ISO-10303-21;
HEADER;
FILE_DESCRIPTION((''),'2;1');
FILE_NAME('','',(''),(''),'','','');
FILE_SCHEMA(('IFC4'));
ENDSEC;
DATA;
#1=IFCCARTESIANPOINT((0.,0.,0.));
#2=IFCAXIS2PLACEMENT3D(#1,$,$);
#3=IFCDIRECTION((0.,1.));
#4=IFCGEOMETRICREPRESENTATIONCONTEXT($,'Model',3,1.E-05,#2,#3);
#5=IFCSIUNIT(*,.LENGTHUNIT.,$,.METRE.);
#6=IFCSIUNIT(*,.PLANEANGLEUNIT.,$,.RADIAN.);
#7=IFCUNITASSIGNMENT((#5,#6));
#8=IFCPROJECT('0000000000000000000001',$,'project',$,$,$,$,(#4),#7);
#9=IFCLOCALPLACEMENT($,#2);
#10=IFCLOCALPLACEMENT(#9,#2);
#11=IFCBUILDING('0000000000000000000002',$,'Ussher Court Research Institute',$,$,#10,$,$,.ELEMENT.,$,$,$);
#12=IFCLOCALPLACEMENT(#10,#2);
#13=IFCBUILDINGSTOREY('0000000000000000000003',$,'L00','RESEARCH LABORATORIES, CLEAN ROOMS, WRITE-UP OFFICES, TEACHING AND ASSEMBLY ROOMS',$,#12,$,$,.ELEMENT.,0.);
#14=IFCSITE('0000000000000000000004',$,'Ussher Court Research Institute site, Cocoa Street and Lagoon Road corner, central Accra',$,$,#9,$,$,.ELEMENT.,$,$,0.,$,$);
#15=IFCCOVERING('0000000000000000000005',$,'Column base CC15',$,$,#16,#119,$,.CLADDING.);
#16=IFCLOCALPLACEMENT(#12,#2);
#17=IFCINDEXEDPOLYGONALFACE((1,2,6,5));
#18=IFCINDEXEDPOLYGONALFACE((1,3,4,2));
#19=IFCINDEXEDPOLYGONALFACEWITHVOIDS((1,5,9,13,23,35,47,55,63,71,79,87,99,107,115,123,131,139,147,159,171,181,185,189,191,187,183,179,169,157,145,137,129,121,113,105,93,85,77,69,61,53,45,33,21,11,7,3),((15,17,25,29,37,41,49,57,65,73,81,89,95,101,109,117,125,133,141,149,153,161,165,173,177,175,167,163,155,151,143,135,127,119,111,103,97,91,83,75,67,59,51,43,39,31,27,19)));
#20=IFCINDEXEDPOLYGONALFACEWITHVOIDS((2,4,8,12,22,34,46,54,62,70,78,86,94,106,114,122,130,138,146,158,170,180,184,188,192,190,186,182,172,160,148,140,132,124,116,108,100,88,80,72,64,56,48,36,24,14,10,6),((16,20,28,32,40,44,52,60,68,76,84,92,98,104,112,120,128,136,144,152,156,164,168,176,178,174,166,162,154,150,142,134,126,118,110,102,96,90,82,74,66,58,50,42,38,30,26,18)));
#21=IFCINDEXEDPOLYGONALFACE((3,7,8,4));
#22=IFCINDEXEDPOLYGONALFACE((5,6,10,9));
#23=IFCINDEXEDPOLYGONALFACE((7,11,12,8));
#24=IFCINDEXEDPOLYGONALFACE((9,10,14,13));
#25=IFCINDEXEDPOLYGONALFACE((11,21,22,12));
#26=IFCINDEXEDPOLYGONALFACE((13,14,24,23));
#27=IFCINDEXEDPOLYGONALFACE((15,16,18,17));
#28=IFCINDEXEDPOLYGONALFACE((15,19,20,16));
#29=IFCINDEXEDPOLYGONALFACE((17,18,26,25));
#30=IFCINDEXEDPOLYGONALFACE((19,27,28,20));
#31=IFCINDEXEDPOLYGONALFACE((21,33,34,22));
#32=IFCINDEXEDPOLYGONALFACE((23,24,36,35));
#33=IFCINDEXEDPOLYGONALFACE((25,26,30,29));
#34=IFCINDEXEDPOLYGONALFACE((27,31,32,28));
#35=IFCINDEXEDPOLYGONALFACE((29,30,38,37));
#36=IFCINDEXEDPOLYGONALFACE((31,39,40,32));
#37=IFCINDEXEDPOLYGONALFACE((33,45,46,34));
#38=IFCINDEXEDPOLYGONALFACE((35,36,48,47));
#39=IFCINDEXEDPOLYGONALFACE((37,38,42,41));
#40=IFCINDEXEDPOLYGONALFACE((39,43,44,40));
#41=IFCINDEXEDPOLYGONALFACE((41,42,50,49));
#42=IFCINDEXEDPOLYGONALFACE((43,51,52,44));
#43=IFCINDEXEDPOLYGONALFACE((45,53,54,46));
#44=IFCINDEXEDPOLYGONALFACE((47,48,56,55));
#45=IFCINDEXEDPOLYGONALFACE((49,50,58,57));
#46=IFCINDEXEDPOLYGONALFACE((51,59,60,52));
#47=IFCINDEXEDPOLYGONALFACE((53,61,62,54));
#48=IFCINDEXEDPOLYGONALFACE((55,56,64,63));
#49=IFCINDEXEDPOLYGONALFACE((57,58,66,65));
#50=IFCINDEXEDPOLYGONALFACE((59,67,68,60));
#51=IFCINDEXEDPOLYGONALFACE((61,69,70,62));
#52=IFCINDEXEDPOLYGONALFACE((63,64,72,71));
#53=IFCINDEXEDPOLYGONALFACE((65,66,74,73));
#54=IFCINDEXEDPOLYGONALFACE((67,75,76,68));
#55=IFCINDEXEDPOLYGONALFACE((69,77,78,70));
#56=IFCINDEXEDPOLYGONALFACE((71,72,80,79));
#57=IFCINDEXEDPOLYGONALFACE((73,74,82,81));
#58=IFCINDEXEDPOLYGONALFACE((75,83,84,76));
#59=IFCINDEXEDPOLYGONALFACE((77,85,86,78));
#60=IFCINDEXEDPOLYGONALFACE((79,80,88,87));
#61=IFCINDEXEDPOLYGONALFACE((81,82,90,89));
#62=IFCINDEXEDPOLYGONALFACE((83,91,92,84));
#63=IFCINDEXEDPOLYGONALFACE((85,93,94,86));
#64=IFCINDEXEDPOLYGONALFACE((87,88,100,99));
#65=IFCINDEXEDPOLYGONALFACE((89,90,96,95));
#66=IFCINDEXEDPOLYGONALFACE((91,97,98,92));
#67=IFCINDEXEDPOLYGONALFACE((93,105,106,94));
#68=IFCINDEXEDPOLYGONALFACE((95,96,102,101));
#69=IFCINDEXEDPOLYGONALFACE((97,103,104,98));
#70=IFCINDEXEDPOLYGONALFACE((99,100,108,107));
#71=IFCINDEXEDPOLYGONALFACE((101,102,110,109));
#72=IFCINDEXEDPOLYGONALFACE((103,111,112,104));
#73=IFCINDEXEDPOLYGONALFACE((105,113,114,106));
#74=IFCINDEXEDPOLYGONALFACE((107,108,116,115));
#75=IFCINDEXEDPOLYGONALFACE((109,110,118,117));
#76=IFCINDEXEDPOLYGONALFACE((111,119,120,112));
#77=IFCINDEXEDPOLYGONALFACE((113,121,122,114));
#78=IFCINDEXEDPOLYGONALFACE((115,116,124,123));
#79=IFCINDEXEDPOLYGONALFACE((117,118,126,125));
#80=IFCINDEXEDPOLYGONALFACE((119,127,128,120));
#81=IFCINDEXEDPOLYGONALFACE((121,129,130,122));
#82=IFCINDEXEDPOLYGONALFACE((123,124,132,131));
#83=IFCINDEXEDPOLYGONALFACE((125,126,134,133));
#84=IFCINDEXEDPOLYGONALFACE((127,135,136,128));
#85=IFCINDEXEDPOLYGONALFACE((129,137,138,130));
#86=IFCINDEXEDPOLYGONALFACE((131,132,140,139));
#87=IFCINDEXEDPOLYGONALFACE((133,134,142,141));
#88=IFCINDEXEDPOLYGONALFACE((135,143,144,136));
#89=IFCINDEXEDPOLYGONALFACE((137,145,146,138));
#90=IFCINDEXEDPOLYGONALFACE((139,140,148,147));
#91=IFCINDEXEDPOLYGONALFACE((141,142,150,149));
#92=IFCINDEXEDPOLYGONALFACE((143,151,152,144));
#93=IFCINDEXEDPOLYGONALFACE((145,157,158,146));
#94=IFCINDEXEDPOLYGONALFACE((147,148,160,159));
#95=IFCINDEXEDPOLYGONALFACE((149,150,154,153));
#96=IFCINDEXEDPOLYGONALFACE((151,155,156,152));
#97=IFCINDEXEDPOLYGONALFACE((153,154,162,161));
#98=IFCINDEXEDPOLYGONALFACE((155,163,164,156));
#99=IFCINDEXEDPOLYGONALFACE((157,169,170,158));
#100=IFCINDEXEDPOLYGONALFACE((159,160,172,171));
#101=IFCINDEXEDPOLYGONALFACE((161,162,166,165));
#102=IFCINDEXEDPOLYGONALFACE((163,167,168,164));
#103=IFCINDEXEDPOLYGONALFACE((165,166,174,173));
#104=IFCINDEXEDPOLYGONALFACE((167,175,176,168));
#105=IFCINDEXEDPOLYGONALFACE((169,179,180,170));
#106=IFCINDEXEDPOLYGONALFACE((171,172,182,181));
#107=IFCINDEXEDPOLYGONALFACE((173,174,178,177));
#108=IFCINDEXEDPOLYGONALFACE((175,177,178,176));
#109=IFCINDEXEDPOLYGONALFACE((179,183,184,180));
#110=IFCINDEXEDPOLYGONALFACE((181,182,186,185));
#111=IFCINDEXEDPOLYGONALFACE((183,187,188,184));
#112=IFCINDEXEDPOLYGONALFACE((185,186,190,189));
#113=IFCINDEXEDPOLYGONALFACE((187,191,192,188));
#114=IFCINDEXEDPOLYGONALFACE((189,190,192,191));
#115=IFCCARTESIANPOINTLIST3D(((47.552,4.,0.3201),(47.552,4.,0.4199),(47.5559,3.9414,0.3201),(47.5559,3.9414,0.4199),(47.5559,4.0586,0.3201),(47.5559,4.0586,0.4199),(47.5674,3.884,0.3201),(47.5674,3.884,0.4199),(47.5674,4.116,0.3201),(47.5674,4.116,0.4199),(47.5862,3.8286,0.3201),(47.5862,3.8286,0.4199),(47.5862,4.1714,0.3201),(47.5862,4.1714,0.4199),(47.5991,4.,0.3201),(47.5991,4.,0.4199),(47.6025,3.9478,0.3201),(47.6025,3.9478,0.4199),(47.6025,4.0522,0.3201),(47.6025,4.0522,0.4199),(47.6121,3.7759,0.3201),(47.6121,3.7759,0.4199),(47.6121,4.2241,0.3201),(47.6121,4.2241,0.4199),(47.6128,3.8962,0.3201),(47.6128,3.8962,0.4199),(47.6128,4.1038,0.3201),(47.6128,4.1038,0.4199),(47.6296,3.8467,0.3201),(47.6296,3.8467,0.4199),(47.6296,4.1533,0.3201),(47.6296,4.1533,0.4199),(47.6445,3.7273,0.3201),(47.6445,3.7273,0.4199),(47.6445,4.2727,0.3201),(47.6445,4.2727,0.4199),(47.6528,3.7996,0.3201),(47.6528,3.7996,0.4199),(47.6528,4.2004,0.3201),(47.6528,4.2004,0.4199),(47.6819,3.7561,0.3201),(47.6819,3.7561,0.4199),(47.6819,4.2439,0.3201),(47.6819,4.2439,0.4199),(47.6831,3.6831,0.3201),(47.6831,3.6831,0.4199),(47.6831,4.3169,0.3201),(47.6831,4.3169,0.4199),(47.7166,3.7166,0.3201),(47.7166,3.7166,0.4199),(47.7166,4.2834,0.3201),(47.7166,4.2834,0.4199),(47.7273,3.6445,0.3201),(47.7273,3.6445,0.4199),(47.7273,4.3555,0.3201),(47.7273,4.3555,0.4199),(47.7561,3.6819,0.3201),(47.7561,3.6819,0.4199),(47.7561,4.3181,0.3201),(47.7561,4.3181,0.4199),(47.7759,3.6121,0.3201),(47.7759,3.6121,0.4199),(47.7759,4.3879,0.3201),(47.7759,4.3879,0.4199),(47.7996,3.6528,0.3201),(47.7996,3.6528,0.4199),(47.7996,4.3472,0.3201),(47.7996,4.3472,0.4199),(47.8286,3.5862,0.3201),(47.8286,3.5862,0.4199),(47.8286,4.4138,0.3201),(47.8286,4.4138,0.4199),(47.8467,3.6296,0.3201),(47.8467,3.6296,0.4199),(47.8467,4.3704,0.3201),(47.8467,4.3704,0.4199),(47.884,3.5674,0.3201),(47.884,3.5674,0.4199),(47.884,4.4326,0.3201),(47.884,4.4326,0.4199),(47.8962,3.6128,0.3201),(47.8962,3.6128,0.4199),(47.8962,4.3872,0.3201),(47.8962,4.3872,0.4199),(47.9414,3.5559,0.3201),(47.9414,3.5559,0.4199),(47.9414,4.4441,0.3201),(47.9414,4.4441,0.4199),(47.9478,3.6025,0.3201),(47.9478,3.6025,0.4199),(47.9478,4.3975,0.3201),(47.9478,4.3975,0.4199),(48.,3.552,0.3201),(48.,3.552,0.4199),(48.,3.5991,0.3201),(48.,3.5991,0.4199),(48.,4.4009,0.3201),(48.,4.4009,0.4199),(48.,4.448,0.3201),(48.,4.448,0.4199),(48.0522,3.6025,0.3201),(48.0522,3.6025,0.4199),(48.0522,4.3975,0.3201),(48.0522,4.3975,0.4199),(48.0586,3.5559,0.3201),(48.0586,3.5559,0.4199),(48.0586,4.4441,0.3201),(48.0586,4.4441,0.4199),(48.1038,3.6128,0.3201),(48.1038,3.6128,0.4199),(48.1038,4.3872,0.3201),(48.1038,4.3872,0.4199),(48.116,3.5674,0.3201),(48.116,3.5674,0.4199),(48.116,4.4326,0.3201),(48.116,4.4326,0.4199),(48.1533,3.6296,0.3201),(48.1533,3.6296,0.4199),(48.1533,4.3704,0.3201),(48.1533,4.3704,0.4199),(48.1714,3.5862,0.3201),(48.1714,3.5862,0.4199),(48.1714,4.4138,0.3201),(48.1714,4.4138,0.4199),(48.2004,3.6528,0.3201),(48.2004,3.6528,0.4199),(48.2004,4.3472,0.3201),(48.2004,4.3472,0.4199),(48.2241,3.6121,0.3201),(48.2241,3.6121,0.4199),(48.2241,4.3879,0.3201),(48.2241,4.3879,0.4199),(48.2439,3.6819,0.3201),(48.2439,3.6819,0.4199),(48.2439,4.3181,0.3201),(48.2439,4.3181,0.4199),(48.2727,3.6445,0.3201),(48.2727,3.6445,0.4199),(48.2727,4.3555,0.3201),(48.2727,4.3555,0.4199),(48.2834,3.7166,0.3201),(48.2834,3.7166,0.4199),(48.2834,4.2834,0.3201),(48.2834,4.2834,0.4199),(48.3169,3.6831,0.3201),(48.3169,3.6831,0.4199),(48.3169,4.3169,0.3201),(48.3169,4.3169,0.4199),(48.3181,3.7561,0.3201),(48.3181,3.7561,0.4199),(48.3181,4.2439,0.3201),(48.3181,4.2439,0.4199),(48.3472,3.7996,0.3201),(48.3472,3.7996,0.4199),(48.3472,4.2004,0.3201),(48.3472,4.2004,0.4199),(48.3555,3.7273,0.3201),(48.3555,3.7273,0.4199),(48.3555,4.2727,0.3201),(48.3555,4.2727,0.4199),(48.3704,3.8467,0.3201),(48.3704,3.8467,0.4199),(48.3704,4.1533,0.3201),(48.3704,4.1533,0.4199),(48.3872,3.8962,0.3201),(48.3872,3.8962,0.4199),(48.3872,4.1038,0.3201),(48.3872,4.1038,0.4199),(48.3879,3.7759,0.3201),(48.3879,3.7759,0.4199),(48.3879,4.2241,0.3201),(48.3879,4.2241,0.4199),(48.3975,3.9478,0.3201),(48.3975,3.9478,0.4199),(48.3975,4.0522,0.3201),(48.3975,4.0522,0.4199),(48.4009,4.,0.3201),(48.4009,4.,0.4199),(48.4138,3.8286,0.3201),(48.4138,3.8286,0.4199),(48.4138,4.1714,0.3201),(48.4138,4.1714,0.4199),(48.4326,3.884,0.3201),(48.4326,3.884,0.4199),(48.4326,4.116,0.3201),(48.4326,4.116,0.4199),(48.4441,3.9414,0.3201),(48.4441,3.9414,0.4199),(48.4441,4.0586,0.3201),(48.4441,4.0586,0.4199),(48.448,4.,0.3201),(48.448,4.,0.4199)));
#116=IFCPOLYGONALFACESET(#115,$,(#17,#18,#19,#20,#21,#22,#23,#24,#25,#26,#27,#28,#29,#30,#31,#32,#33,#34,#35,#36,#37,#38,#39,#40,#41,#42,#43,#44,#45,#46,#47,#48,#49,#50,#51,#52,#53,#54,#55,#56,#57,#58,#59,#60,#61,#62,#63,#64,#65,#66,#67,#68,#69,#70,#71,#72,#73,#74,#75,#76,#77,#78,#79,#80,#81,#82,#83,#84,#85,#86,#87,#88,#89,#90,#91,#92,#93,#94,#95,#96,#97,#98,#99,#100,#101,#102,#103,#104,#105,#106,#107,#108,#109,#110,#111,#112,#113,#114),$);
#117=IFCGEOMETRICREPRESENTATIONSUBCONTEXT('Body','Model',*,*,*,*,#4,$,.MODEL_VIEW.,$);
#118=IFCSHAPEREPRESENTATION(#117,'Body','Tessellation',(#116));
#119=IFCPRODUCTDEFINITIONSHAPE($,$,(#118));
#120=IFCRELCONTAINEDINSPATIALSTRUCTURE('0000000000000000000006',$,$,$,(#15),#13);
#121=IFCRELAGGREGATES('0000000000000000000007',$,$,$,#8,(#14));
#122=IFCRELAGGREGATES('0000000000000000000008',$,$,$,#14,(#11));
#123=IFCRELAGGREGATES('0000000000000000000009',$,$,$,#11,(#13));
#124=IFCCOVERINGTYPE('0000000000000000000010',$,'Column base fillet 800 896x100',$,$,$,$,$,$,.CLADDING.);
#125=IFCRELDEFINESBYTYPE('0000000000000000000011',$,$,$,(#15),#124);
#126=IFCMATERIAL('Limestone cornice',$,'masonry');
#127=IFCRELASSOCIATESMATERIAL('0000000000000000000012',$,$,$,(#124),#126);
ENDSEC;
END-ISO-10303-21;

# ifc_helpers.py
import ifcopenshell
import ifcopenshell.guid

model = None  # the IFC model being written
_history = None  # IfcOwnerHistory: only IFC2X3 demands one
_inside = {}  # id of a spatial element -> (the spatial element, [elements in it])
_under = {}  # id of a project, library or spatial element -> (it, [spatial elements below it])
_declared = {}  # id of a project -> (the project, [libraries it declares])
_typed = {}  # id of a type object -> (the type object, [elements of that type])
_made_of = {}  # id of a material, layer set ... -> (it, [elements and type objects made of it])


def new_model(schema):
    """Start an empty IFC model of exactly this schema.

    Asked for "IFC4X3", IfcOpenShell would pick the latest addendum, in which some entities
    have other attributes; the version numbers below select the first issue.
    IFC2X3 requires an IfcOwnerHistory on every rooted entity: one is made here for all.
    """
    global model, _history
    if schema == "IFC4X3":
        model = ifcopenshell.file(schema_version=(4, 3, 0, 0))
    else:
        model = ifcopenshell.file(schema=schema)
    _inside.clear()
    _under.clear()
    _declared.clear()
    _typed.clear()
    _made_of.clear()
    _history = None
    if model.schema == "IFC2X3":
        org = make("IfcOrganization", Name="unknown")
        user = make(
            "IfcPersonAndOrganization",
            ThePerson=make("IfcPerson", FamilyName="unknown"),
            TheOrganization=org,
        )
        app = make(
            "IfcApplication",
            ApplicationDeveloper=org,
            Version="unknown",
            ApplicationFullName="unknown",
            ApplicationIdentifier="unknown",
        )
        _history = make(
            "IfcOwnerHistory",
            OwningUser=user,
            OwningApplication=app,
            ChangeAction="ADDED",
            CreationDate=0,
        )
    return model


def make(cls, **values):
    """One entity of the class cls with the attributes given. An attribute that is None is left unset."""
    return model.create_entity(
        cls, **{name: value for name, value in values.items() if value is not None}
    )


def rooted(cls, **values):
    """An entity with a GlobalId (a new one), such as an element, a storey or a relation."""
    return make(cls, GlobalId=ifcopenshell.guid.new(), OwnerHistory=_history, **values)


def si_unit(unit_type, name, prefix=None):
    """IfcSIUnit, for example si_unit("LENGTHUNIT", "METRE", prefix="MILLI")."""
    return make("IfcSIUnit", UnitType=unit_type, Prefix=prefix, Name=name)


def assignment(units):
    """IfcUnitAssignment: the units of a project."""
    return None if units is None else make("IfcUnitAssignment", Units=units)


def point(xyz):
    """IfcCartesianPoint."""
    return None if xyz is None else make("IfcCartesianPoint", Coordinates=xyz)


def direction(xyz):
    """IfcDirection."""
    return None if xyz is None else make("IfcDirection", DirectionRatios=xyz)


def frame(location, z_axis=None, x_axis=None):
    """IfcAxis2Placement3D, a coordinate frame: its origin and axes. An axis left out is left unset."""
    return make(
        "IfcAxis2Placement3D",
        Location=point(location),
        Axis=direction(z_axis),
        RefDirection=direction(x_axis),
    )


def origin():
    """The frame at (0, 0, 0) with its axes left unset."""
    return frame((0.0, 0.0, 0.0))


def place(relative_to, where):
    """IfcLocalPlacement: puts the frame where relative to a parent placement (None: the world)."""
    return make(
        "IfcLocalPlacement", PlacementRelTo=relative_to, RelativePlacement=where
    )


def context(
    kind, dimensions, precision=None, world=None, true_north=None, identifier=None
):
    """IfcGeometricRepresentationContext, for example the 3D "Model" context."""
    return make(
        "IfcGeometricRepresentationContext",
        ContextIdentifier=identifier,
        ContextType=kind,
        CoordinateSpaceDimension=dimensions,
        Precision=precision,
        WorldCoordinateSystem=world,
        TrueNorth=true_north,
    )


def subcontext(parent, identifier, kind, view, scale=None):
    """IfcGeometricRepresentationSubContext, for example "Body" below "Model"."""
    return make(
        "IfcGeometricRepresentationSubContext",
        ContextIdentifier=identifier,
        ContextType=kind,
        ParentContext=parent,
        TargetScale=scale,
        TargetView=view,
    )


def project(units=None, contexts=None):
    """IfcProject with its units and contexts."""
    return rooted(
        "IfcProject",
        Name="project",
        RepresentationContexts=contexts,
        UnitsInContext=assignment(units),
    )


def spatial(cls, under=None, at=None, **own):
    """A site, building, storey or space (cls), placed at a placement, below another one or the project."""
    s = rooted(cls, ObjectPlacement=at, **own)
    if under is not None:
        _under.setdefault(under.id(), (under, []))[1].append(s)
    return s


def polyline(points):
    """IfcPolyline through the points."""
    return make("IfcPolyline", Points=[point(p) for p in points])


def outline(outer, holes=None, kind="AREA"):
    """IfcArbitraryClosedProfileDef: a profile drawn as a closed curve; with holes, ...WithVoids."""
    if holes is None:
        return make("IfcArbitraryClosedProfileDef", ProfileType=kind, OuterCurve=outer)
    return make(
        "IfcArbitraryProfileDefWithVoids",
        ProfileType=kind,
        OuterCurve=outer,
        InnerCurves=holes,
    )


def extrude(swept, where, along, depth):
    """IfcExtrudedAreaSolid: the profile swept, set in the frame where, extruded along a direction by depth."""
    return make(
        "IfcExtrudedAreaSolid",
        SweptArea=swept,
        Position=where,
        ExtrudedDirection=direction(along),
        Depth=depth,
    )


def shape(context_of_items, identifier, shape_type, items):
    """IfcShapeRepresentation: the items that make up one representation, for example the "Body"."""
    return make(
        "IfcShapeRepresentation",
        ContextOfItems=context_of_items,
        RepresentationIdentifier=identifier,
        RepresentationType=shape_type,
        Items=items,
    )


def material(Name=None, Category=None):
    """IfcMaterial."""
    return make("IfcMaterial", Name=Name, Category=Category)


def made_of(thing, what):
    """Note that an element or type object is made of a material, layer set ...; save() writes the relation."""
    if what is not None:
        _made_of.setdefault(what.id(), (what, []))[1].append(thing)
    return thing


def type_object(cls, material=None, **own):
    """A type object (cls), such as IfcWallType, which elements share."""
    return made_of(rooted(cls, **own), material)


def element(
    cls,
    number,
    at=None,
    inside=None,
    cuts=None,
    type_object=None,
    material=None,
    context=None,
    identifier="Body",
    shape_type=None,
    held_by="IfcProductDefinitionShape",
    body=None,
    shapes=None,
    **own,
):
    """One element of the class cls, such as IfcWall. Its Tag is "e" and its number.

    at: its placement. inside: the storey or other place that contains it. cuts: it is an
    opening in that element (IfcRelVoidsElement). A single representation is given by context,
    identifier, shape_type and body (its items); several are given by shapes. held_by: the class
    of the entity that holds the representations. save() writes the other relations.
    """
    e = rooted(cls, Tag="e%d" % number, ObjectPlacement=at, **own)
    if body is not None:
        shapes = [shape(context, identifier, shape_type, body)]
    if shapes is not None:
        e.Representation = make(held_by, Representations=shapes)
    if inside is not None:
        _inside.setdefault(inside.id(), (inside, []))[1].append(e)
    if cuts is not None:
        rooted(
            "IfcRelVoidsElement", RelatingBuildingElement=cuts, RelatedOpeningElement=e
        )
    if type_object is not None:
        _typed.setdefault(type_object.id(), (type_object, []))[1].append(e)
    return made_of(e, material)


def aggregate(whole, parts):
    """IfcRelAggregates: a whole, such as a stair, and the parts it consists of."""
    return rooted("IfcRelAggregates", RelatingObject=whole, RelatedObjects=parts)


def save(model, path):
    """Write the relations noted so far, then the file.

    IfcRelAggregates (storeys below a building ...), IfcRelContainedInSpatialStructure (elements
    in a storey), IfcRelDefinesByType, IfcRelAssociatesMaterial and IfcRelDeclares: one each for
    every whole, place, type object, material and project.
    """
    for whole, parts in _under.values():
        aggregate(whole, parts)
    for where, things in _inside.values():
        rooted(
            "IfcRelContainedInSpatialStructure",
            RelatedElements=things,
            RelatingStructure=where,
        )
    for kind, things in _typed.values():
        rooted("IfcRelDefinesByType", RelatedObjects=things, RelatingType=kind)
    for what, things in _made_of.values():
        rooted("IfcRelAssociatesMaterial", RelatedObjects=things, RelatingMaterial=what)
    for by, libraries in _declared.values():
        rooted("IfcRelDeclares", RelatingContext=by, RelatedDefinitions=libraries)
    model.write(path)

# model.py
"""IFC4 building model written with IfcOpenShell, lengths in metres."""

from ifc_helpers import new_model, si_unit, direction, frame, origin, place, context, subcontext, project, spatial, polyline, outline, extrude, material, type_object, element, save


model = new_model("IFC4")

# Units and contexts
model_context = context("Model", 3, precision=1e-05, world=origin(), true_north=direction((0.0, 1.0)))
body_context = subcontext(model_context, "Body", "Model", "MODEL_VIEW")
ifc_project = project(units=[si_unit("LENGTHUNIT", "METRE"), si_unit("PLANEANGLEUNIT", "RADIAN")], contexts=[model_context])

# Site, building, storey
site_placement = place(None, origin())
site = spatial("IfcSite", under=ifc_project, at=site_placement, Name="Ussher Court Research Institute site, Cocoa Street and Lagoon Road corner, central Accra", CompositionType="ELEMENT", RefElevation=0.0)
building_placement = place(site_placement, origin())
building = spatial("IfcBuilding", under=site, at=building_placement, Name="Ussher Court Research Institute", CompositionType="ELEMENT")
storey_placement = place(building_placement, origin())
storey = spatial("IfcBuildingStorey", under=building, at=storey_placement, Name="L00", Description="RESEARCH LABORATORIES, CLEAN ROOMS, WRITE-UP OFFICES, TEACHING AND ASSEMBLY ROOMS", CompositionType="ELEMENT", Elevation=0.0)

# Covering
ifc_material_1 = material(Name="Limestone cornice", Category="masonry")
covering_type_1 = type_object("IfcCoveringType", Name="Column base fillet 800 896x100", PredefinedType="CLADDING", material=ifc_material_1)
covering_1_placement = place(storey_placement, frame((0.0, 0.0, 0.3201)))
element("IfcCovering", 1, at=covering_1_placement, inside=storey, type_object=covering_type_1, Name="Column base CC15", PredefinedType="CLADDING", context=body_context, shape_type="SweptSolid", body=[
    extrude(outline(polyline([(48.448, 4.0), (48.4441, 4.0586), (48.4326, 4.116), (48.4138, 4.1714), (48.3879, 4.2241), (48.3555, 4.2727), (48.3169, 4.3169), (48.2727, 4.3555), (48.2241, 4.3879), (48.1714, 4.4138), (48.116, 4.4326), (48.0586, 4.4441), (48.0, 4.448), (47.9414, 4.4441), (47.884, 4.4326), (47.8286, 4.4138), (47.7759, 4.3879), (47.7273, 4.3555), (47.6831, 4.3169), (47.6445, 4.2727), (47.6121, 4.2241), (47.5862, 4.1714), (47.5674, 4.116), (47.5559, 4.0586), (47.552, 4.0), (47.5559, 3.9414), (47.5674, 3.884), (47.5862, 3.8286), (47.6121, 3.7759), (47.6445, 3.7273), (47.6831, 3.6831), (47.7273, 3.6445), (47.7759, 3.6121), (47.8286, 3.5862), (47.884, 3.5674), (47.9414, 3.5559), (48.0, 3.552), (48.0586, 3.5559), (48.116, 3.5674), (48.1714, 3.5862), (48.2241, 3.6121), (48.2727, 3.6445), (48.3169, 3.6831), (48.3555, 3.7273), (48.3879, 3.7759), (48.4138, 3.8286), (48.4326, 3.884), (48.4441, 3.9414), (48.448, 4.0)]), holes=[polyline([(48.4009, 4.0), (48.3975, 4.0522), (48.3872, 4.1038), (48.3704, 4.1533), (48.3472, 4.2004), (48.3181, 4.2439), (48.2834, 4.2834), (48.2439, 4.3181), (48.2004, 4.3472), (48.1533, 4.3704), (48.1038, 4.3872), (48.0522, 4.3975), (48.0, 4.4009), (47.9478, 4.3975), (47.8962, 4.3872), (47.8467, 4.3704), (47.7996, 4.3472), (47.7561, 4.3181), (47.7166, 4.2834), (47.6819, 4.2439), (47.6528, 4.2004), (47.6296, 4.1533), (47.6128, 4.1038), (47.6025, 4.0522), (47.5991, 4.0), (47.6025, 3.9478), (47.6128, 3.8962), (47.6296, 3.8467), (47.6528, 3.7996), (47.6819, 3.7561), (47.7166, 3.7166), (47.7561, 3.6819), (47.7996, 3.6528), (47.8467, 3.6296), (47.8962, 3.6128), (47.9478, 3.6025), (48.0, 3.5991), (48.0522, 3.6025), (48.1038, 3.6128), (48.1533, 3.6296), (48.2004, 3.6528), (48.2439, 3.6819), (48.2834, 3.7166), (48.3181, 3.7561), (48.3472, 3.7996), (48.3704, 3.8467), (48.3872, 3.8962), (48.3975, 3.9478), (48.4009, 4.0)])]), origin(), (0.0, 0.0, 1.0), 0.0999),
])

save(model, "model.ifc")
